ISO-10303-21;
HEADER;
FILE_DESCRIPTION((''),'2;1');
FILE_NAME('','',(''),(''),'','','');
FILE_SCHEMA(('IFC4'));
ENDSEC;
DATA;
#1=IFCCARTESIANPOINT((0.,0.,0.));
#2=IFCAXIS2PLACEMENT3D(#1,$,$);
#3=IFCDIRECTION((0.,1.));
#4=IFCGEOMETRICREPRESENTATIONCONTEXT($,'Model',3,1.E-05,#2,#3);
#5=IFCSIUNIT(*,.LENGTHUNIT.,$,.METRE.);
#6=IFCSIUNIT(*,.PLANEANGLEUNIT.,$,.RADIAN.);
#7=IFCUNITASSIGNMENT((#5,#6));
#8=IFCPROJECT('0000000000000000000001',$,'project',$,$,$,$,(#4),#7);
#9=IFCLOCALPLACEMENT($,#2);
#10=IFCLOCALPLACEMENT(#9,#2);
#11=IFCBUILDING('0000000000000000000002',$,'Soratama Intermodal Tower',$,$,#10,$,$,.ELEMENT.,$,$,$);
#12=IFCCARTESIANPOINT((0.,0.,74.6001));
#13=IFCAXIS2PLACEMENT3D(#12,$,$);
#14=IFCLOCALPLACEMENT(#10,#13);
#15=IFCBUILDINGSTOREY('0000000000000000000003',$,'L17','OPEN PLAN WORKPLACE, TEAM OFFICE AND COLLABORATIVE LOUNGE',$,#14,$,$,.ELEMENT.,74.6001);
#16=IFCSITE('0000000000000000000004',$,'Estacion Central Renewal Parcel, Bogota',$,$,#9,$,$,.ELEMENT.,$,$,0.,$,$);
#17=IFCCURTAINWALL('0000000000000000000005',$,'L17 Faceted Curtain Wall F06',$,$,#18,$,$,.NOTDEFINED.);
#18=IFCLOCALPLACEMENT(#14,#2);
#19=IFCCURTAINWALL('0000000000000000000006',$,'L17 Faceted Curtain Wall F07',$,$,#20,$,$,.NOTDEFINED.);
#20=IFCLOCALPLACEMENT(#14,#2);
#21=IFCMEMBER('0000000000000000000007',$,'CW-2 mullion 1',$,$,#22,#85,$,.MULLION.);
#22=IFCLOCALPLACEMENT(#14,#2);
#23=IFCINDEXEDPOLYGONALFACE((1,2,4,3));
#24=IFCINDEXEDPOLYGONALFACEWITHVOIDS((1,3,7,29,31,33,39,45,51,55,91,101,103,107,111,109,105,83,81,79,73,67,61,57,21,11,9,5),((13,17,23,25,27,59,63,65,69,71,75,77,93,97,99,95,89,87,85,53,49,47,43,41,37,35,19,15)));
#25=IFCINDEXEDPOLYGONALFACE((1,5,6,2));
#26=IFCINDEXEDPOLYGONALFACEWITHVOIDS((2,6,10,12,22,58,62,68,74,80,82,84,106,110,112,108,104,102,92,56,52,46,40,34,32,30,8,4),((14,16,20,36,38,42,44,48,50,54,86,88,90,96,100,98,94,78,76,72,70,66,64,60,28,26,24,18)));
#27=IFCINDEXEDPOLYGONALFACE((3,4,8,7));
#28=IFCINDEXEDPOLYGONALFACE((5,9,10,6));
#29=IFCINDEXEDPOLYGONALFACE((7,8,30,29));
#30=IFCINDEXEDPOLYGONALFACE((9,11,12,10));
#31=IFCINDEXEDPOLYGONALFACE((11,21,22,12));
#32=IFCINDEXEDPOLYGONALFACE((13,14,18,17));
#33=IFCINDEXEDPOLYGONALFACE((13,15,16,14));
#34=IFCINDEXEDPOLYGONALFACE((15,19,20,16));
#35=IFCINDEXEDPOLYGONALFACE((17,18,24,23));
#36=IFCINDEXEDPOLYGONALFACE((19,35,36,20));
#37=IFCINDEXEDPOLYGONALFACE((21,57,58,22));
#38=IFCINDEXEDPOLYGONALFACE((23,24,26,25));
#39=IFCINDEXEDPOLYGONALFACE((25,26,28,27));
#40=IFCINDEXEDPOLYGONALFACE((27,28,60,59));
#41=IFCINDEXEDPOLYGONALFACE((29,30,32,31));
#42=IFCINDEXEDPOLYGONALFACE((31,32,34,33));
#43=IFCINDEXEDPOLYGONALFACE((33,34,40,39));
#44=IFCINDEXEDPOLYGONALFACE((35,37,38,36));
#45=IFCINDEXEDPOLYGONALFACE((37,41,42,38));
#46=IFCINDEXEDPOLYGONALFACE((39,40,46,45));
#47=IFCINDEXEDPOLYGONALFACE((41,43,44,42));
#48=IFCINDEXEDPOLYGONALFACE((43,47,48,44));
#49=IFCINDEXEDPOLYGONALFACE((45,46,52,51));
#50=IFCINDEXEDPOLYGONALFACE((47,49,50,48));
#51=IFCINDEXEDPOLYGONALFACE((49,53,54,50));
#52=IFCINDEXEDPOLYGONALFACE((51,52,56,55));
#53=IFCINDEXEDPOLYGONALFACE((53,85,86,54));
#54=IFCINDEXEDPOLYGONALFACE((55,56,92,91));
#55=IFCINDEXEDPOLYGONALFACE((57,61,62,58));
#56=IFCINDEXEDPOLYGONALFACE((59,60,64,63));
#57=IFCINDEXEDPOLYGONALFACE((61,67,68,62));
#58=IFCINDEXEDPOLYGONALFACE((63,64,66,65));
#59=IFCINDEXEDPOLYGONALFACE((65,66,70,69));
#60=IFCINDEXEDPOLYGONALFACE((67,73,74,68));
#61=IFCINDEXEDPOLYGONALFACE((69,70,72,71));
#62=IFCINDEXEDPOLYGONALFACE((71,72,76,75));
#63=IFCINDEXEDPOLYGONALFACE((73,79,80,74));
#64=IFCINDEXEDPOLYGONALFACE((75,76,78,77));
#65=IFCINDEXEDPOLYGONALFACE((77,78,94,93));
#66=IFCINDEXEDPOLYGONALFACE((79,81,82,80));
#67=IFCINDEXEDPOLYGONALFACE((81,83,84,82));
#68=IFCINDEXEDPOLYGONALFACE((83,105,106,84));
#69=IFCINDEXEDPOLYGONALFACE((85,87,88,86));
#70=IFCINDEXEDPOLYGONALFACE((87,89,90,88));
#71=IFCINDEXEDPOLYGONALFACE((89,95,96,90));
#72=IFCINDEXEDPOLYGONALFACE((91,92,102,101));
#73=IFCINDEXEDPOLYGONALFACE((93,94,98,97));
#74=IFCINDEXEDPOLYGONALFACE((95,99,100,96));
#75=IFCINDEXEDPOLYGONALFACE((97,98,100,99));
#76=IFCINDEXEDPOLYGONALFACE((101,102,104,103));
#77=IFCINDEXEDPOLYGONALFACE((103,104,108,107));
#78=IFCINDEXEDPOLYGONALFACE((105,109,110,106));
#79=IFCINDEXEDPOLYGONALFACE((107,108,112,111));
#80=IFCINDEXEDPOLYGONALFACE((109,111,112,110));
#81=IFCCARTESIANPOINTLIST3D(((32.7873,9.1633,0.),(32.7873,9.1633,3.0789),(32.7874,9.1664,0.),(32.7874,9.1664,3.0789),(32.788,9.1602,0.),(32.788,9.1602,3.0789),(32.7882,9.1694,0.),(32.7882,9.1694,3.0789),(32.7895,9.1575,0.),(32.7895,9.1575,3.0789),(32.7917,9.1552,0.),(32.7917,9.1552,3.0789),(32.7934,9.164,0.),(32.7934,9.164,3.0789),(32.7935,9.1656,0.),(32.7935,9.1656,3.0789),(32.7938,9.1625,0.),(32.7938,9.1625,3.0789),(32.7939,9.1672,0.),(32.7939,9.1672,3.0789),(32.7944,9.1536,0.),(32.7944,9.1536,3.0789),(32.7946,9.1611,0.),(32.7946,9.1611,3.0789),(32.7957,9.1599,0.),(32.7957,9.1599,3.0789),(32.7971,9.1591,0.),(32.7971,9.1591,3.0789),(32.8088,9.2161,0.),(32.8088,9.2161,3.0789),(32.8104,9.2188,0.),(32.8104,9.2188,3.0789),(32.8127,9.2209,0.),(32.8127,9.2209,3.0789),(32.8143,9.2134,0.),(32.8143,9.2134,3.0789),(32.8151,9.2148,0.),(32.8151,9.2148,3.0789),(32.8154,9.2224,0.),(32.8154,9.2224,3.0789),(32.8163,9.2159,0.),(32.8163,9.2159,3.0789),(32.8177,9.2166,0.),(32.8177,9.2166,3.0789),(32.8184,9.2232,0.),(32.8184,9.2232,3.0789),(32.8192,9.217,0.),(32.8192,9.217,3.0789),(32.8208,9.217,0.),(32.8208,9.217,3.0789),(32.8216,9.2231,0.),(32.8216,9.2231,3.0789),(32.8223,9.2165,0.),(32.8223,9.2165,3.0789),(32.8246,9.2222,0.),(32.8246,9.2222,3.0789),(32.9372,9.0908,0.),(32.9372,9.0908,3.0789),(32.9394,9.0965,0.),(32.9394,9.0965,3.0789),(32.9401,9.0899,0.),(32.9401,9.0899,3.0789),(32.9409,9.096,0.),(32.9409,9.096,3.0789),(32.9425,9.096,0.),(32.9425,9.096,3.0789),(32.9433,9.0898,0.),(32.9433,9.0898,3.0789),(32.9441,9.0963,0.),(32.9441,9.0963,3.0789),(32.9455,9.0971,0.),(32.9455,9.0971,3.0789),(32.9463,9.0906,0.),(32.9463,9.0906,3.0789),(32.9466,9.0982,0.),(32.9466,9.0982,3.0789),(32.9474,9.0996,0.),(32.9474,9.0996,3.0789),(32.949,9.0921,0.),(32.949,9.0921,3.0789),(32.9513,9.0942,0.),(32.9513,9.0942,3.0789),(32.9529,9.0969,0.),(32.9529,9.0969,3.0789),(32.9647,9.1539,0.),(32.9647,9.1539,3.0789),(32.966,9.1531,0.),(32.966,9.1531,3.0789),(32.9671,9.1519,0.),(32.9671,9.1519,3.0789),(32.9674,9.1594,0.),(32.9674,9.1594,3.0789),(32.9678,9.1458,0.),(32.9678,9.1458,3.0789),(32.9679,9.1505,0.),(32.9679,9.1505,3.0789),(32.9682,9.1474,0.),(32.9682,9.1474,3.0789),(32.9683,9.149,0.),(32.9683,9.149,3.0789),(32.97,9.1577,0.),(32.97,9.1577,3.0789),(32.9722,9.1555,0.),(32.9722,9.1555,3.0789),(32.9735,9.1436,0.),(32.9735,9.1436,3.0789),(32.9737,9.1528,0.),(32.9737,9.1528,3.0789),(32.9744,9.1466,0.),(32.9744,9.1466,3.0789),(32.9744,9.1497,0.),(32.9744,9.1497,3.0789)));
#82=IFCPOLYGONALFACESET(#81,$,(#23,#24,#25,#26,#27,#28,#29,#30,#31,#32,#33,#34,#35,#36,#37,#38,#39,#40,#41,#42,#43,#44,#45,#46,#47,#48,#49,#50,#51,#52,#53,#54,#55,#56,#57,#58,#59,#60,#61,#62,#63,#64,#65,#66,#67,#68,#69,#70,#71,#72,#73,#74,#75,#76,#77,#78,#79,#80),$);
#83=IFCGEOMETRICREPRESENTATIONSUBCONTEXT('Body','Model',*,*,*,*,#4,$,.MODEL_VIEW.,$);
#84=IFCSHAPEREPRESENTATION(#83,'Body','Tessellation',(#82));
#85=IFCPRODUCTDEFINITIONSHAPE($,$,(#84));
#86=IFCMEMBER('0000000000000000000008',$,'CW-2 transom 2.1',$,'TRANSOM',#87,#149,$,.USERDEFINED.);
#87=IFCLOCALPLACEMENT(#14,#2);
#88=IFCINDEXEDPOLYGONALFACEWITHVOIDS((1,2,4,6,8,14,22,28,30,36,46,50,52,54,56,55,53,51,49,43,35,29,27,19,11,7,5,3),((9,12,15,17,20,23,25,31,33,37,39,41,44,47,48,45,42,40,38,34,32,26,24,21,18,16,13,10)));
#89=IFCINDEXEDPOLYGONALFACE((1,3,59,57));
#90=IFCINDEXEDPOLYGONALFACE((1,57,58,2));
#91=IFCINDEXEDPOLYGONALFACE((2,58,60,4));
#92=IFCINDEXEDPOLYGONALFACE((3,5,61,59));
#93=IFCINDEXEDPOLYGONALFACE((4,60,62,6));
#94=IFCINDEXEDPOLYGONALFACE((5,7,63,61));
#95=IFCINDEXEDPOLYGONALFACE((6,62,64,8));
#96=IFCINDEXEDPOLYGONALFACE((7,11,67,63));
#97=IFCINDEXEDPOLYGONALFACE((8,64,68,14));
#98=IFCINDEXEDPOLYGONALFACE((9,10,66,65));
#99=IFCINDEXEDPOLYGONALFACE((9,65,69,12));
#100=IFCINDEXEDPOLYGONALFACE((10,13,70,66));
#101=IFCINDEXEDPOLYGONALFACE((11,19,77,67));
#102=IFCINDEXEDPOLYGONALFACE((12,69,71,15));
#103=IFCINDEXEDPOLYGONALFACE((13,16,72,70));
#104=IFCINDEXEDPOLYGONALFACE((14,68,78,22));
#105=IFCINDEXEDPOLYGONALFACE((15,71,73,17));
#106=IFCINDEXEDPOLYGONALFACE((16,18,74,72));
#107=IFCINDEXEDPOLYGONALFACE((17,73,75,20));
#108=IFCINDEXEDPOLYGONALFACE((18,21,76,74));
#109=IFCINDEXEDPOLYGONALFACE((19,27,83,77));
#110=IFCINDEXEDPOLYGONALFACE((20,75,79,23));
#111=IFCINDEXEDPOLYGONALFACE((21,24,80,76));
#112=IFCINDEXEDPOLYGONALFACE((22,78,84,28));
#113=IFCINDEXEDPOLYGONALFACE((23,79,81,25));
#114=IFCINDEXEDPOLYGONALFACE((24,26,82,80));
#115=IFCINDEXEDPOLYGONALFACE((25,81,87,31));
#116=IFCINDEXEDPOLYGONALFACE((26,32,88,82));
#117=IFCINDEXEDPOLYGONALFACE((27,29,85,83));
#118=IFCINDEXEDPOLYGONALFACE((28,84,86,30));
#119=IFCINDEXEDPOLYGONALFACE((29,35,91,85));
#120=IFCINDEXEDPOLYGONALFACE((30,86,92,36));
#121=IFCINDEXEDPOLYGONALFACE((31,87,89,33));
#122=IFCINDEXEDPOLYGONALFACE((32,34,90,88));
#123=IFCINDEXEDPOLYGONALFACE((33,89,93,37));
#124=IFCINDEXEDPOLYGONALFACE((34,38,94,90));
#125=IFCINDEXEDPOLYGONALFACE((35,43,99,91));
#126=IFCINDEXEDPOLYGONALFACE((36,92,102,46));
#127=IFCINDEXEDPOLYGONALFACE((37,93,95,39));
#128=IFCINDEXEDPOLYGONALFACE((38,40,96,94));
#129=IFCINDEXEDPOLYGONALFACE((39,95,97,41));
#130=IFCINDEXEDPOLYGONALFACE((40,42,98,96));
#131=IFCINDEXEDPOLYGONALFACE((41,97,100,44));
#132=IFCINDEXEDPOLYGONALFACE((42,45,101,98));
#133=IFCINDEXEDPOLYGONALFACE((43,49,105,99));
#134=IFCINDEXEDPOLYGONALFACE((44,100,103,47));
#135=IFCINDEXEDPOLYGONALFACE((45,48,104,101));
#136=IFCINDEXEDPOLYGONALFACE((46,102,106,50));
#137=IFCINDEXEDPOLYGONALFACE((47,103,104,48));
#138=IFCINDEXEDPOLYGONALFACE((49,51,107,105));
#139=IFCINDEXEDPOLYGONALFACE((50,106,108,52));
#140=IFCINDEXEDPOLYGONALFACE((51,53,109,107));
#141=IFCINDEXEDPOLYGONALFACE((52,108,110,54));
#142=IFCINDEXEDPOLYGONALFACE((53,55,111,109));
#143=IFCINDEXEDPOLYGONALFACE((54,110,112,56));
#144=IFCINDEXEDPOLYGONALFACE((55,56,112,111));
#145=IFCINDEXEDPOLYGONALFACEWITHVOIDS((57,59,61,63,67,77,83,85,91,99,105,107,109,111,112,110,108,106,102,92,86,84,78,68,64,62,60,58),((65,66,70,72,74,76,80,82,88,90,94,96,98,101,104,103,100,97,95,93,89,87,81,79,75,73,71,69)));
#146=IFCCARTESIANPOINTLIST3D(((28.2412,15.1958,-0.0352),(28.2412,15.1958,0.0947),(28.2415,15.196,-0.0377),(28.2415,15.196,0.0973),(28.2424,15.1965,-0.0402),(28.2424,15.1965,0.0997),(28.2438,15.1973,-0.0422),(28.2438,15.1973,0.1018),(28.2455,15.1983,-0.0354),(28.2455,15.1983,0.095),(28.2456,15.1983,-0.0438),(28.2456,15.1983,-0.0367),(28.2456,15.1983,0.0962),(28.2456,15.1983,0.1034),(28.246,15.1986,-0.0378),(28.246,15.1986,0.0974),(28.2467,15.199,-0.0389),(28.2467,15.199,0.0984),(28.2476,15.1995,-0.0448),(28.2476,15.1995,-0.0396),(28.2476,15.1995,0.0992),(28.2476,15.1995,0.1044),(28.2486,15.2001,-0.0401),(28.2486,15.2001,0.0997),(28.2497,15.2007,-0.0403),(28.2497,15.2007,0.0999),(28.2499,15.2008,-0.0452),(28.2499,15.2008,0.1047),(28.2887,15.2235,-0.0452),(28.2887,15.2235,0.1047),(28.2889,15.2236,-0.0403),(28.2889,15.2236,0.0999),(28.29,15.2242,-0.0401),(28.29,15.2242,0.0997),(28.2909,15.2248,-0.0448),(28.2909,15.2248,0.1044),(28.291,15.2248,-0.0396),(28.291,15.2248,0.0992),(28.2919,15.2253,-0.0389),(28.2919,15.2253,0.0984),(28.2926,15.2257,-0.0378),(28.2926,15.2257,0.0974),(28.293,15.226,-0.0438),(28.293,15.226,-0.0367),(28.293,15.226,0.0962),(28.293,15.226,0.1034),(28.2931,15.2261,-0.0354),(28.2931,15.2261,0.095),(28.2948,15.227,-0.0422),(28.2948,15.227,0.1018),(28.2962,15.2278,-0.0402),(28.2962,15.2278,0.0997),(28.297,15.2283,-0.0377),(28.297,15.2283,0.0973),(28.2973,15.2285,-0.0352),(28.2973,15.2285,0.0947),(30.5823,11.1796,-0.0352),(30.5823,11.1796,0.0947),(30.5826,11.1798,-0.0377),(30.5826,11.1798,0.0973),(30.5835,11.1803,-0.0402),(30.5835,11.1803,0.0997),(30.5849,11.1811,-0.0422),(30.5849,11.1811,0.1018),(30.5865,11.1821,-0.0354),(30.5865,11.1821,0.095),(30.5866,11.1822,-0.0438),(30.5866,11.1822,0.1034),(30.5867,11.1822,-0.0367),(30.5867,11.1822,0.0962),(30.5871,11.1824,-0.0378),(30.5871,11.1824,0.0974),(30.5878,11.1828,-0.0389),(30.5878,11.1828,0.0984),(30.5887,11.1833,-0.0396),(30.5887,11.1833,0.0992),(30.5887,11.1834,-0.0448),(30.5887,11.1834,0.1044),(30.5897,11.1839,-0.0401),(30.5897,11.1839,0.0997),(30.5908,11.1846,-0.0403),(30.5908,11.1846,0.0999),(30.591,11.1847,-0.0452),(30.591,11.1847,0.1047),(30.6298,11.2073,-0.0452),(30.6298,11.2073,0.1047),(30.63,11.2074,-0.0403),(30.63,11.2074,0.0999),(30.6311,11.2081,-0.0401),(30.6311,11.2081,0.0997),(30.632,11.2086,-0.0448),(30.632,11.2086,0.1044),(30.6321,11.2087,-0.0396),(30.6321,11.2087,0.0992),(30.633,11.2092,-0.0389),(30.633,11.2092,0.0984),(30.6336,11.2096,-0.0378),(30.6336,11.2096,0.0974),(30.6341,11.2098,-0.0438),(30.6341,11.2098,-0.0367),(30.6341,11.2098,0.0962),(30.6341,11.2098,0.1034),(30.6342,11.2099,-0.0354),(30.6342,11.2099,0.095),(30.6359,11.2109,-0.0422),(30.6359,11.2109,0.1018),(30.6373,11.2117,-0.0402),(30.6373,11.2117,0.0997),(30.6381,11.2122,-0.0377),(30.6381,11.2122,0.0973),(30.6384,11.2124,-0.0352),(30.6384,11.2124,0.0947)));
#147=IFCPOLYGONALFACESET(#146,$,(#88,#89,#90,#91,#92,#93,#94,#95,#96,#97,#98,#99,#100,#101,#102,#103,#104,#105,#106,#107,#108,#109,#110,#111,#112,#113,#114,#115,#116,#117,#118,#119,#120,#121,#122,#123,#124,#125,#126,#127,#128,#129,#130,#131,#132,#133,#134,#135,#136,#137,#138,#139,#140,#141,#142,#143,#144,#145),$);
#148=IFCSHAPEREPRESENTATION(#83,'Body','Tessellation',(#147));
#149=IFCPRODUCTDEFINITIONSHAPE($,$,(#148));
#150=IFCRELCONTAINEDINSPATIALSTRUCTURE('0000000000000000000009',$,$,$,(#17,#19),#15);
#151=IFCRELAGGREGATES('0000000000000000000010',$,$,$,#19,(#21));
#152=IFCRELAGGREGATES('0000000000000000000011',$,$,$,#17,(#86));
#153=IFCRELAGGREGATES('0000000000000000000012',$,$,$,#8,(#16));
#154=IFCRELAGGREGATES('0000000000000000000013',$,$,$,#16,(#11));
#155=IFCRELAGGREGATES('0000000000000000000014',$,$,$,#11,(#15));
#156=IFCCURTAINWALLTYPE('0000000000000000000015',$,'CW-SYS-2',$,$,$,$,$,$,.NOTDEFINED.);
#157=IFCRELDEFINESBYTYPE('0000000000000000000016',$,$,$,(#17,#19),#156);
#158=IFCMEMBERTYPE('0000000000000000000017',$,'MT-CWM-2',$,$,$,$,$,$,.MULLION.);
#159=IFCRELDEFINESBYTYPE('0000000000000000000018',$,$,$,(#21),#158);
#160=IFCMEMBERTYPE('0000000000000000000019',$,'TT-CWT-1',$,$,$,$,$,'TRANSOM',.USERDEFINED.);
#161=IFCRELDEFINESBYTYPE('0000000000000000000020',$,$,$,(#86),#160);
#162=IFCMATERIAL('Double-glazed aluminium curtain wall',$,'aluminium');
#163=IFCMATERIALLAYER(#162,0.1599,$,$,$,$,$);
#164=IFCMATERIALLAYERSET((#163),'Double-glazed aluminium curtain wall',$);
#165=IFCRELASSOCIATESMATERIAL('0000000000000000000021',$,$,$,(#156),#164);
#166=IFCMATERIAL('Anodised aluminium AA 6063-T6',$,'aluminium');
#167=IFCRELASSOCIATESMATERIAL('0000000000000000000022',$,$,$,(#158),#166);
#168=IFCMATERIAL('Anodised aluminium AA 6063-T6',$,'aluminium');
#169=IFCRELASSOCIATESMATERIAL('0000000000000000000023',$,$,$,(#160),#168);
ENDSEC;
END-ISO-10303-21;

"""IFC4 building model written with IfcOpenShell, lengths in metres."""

from ifc_helpers import new_model, si_unit, direction, frame, origin, origin_2d, place, context, subcontext, project, spatial, hollow_rectangle, extrude, material, layer, layer_set, material_profile, profile_set, type_object, element, aggregate, save


model = new_model("IFC4")

# Units and contexts
model_context = context("Model", 3, precision=1e-05, world=origin(), true_north=direction((0.0, 1.0)))
body_context = subcontext(model_context, "Body", "Model", "MODEL_VIEW")
ifc_project = project(units=[si_unit("LENGTHUNIT", "METRE"), si_unit("PLANEANGLEUNIT", "RADIAN")], contexts=[model_context])

# Site, building, storey
site_placement = place(None, origin())
site = spatial("IfcSite", under=ifc_project, at=site_placement, Name="Estacion Central Renewal Parcel, Bogota", CompositionType="ELEMENT", RefElevation=0.0)
building_placement = place(site_placement, origin())
building = spatial("IfcBuilding", under=site, at=building_placement, Name="Soratama Intermodal Tower", CompositionType="ELEMENT")
storey_placement = place(building_placement, frame((0.0, 0.0, 74.6001)))
storey = spatial("IfcBuildingStorey", under=building, at=storey_placement, Name="L17", Description="OPEN PLAN WORKPLACE, TEAM OFFICE AND COLLABORATIVE LOUNGE", CompositionType="ELEMENT", Elevation=74.6001)

# Curtain walls, member
ifc_material_1 = material(Name="Double-glazed aluminium curtain wall", Category="aluminium")
ifc_layer_1 = layer(ifc_material_1, 0.1599)
ifc_layer_set_1 = layer_set([ifc_layer_1], Name="Double-glazed aluminium curtain wall")
curtain_wall_type = type_object("IfcCurtainWallType", Name="CW-SYS-2", PredefinedType="NOTDEFINED", material=ifc_layer_set_1)
curtain_wall_1_placement = place(storey_placement, origin())
curtain_wall_1 = element("IfcCurtainWall", 1, at=curtain_wall_1_placement, inside=storey, type_object=curtain_wall_type, Name="L17 Faceted Curtain Wall F06", PredefinedType="NOTDEFINED")
ifc_material_2 = material(Name="Anodised aluminium AA 6063-T6", Category="aluminium")
ifc_material_profile_1 = material_profile(ifc_material_2, hollow_rectangle(XDim=0.075, YDim=0.1799, WallThickness=0.0061, InnerFilletRadius=0.0061, OuterFilletRadius=0.012, at=origin_2d()), Name="CWM180X75X6")
ifc_profile_set_1 = profile_set([ifc_material_profile_1], Name="Anodised aluminium AA 6063-T6")
member_type_1 = type_object("IfcMemberType", Name="MT-CWM-2", PredefinedType="MULLION", material=ifc_profile_set_1)
curtain_wall_2_placement = place(storey_placement, origin())
curtain_wall_2 = element("IfcCurtainWall", 2, at=curtain_wall_2_placement, inside=storey, type_object=curtain_wall_type, Name="L17 Faceted Curtain Wall F07", PredefinedType="NOTDEFINED")
member_1_placement = place(storey_placement, frame((32.8809, 9.1565, 0.0), z_axis=(0.0, 0.0, 1.0), x_axis=(0.402904, 0.915242, 0.0)))
member_1 = element("IfcMember", 3, at=member_1_placement, type_object=member_type_1, Name="CW-2 mullion 1", PredefinedType="MULLION", context=body_context, shape_type="SweptSolid", body=[
    extrude(hollow_rectangle(XDim=0.075, YDim=0.1799, WallThickness=0.0061, InnerFilletRadius=0.0061, OuterFilletRadius=0.012, at=origin_2d()), origin(), (0.0, 0.0, 1.0), 3.0789),
])
aggregate(curtain_wall_2, [member_1])

# Member
ifc_material_3 = material(Name="Anodised aluminium AA 6063-T6", Category="aluminium")
ifc_material_profile_2 = material_profile(ifc_material_3, hollow_rectangle(XDim=0.0649, YDim=0.1499, WallThickness=0.0049, InnerFilletRadius=0.0049, OuterFilletRadius=0.01, at=origin_2d()), Name="CWT150X65X5")
ifc_profile_set_2 = profile_set([ifc_material_profile_2], Name="Anodised aluminium AA 6063-T6")
member_type_2 = type_object("IfcMemberType", Name="TT-CWT-1", ElementType="TRANSOM", PredefinedType="USERDEFINED", material=ifc_profile_set_2)
member_2_placement = place(storey_placement, frame((28.2693, 15.2122, 0.0298), z_axis=(0.503603, -0.863935, 0.0), x_axis=(0.863935, 0.503603, 0.0)))
member_2 = element("IfcMember", 4, at=member_2_placement, type_object=member_type_2, Name="CW-2 transom 2.1", ObjectType="TRANSOM", PredefinedType="USERDEFINED", context=body_context, shape_type="SweptSolid", body=[
    extrude(hollow_rectangle(XDim=0.0649, YDim=0.1499, WallThickness=0.0049, InnerFilletRadius=0.0049, OuterFilletRadius=0.01, at=origin_2d()), origin(), (0.0, 0.0, 1.0), 4.6487),
])

aggregate(curtain_wall_1, [member_2])

save(model, "model.ifc")
